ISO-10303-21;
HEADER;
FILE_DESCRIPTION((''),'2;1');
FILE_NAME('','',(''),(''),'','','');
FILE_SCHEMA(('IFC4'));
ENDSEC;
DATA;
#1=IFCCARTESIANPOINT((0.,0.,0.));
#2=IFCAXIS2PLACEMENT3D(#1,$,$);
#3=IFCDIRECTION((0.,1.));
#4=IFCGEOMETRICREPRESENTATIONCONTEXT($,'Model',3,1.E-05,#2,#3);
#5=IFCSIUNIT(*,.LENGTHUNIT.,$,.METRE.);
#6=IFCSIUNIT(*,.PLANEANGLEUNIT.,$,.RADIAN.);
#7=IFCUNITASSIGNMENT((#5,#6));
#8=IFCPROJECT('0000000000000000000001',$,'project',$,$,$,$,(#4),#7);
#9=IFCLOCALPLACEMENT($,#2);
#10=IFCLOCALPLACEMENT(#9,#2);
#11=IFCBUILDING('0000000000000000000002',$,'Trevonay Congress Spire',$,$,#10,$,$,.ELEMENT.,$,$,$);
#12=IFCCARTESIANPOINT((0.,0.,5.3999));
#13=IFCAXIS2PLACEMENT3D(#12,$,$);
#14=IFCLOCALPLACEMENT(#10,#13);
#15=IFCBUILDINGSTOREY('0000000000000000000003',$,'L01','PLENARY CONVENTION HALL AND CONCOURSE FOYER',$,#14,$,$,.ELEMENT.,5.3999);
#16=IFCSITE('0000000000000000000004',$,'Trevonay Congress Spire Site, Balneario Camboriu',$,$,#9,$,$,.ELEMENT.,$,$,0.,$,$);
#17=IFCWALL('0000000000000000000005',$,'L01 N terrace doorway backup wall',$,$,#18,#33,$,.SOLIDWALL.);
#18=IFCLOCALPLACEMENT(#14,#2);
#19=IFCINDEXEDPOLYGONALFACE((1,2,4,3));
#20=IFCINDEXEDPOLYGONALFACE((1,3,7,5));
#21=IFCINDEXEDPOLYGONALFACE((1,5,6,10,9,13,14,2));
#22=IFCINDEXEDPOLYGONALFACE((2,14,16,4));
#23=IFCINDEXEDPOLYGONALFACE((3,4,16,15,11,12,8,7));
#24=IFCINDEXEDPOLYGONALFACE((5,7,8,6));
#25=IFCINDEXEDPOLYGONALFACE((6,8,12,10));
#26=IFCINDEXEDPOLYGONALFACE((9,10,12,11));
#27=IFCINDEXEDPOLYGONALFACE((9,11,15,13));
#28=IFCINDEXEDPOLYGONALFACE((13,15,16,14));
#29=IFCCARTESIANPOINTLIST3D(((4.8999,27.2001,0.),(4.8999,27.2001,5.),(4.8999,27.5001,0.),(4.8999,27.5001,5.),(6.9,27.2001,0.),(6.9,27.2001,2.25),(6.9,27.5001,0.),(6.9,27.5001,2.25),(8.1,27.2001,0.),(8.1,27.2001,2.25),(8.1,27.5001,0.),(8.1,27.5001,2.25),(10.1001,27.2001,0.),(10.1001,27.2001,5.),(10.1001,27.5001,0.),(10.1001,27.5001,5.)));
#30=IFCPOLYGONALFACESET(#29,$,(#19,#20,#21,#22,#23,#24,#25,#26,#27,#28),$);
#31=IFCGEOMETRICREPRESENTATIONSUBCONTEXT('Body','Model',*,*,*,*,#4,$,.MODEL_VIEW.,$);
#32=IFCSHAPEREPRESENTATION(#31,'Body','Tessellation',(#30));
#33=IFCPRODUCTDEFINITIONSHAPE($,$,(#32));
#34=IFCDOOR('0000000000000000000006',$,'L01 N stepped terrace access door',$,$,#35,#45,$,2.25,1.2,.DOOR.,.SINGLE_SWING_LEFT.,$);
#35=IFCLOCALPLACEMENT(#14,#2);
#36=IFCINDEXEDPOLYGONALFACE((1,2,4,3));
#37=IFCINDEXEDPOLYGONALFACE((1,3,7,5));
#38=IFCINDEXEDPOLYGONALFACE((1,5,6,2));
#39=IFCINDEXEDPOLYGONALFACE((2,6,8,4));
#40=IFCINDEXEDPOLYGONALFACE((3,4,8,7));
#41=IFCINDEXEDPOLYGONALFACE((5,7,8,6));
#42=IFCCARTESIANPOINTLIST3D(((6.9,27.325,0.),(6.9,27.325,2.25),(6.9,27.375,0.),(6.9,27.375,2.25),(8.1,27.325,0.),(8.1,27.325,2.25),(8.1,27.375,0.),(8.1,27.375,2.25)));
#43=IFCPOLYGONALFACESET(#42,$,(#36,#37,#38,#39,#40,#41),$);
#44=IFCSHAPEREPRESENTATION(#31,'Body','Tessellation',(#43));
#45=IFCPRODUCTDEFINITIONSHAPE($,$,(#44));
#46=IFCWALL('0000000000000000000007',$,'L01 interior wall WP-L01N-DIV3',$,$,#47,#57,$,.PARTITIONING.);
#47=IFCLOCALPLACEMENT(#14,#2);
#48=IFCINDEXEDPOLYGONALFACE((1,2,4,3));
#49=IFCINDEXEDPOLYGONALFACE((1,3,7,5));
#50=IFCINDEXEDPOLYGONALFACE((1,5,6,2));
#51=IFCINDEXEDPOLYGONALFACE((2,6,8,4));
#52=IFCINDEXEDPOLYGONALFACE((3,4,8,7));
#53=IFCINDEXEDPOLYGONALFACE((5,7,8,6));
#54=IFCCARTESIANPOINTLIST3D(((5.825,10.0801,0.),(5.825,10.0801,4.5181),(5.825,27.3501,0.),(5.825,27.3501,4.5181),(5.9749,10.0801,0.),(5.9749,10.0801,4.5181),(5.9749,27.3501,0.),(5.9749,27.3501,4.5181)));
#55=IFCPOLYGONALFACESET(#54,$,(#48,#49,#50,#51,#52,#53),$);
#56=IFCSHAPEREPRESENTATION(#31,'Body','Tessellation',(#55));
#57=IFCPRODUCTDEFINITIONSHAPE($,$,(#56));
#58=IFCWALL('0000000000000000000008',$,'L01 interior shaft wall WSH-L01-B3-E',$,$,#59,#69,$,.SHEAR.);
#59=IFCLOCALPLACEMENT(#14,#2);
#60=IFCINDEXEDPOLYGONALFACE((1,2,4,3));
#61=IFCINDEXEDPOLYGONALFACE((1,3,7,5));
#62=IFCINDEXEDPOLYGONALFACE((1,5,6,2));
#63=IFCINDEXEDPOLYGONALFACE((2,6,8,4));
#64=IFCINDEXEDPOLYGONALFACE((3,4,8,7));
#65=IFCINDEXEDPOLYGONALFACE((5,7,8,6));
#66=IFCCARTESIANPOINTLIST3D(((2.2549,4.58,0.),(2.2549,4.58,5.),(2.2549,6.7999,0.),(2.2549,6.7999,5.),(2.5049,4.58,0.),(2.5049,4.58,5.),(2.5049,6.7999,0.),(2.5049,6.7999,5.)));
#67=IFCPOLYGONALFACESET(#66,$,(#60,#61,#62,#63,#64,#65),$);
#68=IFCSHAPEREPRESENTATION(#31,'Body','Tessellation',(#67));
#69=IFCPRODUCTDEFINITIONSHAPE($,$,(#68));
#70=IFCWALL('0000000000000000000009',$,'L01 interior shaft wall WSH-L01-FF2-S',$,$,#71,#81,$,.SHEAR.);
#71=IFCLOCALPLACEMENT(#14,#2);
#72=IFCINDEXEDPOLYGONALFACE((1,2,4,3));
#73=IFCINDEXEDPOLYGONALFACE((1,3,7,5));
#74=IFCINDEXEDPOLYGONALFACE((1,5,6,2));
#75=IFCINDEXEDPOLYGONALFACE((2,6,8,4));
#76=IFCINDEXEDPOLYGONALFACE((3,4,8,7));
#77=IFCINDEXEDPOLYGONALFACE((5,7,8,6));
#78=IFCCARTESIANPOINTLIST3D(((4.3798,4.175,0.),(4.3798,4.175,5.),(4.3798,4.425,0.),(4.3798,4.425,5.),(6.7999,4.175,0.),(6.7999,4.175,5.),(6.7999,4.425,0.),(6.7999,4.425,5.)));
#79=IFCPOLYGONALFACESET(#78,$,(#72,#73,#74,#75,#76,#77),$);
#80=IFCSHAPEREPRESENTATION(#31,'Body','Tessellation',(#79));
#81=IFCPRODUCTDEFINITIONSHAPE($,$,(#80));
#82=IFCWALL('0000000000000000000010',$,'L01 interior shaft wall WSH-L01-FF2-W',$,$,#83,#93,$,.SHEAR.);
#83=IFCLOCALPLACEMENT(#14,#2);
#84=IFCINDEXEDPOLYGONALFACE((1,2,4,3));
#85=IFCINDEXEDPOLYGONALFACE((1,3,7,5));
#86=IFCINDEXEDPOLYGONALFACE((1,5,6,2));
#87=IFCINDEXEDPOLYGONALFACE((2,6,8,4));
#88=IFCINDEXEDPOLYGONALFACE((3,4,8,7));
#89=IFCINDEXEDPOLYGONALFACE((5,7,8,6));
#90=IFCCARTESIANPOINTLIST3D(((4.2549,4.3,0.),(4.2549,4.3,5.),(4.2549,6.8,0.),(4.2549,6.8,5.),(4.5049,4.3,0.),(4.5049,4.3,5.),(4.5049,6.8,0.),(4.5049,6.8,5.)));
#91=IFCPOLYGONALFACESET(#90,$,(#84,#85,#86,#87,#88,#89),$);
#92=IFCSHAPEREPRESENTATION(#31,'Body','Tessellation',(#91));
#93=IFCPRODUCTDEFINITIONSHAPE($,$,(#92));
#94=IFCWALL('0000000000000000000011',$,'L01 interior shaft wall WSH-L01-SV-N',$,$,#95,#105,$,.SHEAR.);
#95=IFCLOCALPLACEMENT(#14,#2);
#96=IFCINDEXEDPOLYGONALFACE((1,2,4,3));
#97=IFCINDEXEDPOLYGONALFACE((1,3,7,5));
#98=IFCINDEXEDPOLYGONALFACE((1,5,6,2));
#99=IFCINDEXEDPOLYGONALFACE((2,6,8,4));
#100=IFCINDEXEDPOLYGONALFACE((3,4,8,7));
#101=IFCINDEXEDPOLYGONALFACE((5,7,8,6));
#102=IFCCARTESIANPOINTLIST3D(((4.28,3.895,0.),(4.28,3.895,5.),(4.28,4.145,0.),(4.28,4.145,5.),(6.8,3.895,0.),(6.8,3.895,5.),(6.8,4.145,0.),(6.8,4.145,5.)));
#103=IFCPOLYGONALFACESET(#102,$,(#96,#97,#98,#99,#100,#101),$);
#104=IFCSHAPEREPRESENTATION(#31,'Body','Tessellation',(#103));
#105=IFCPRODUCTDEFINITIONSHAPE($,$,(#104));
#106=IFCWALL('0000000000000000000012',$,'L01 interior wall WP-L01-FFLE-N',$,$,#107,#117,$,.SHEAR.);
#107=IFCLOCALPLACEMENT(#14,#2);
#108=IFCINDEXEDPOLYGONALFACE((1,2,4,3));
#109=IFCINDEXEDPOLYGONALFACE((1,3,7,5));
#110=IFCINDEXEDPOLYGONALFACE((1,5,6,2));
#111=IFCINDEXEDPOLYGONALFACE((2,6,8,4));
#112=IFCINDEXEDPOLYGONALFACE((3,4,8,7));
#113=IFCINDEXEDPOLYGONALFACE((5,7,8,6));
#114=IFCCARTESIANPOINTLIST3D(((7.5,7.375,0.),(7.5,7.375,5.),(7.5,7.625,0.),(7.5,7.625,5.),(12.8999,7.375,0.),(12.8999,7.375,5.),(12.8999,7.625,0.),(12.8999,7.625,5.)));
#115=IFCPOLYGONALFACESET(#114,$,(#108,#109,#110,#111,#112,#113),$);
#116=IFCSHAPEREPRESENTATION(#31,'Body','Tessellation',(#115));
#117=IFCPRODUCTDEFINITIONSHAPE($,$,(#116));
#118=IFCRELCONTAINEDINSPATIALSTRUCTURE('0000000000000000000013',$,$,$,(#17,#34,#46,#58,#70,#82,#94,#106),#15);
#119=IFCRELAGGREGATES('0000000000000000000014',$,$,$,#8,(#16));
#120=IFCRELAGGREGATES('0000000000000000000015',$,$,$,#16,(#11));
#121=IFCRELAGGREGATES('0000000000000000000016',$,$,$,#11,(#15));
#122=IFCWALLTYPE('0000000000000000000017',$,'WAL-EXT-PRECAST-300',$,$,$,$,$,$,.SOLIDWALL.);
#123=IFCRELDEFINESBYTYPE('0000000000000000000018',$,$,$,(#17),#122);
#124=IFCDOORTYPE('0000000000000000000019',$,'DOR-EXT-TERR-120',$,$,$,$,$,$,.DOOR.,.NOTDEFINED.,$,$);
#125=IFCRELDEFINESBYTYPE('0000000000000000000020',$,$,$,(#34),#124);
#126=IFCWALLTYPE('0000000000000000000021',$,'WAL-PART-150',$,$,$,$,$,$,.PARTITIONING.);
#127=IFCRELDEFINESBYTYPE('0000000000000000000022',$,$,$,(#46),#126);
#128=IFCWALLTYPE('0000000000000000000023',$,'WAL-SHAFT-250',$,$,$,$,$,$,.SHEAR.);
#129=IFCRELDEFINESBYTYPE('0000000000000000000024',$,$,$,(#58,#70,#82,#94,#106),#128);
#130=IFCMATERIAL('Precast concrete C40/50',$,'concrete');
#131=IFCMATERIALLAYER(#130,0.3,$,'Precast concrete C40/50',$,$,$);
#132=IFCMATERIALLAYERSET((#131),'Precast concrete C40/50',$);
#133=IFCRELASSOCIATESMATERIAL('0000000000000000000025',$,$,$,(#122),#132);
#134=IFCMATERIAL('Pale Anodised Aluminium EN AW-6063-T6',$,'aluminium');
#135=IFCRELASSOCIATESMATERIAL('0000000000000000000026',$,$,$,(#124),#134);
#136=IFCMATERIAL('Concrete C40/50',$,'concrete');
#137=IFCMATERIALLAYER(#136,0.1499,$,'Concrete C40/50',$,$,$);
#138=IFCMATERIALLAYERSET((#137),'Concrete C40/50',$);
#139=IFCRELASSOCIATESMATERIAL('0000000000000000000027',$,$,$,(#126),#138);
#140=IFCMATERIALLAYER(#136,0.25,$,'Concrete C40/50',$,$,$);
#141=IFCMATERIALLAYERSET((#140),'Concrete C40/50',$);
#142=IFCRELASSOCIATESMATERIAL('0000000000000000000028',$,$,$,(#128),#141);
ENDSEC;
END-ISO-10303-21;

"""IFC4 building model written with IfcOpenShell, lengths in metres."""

from ifc_helpers import new_model, si_unit, direction, frame, frame_2d, origin, place, context, subcontext, project, spatial, rectangle, extrude, material, layer, layer_set, type_object, element, fill, save


model = new_model("IFC4")

# Units and contexts
model_context = context("Model", 3, precision=1e-05, world=origin(), true_north=direction((0.0, 1.0)))
body_context = subcontext(model_context, "Body", "Model", "MODEL_VIEW")
ifc_project = project(units=[si_unit("LENGTHUNIT", "METRE"), si_unit("PLANEANGLEUNIT", "RADIAN")], contexts=[model_context])

# Site, building, storey
site_placement = place(None, origin())
site = spatial("IfcSite", under=ifc_project, at=site_placement, Name="Trevonay Congress Spire Site, Balneario Camboriu", CompositionType="ELEMENT", RefElevation=0.0)
building_placement = place(site_placement, origin())
building = spatial("IfcBuilding", under=site, at=building_placement, Name="Trevonay Congress Spire", CompositionType="ELEMENT")
storey_placement = place(building_placement, frame((0.0, 0.0, 5.3999)))
storey = spatial("IfcBuildingStorey", under=building, at=storey_placement, Name="L01", Description="PLENARY CONVENTION HALL AND CONCOURSE FOYER", CompositionType="ELEMENT", Elevation=5.3999)

# Shared definitions
ifc_material_1 = material(Name="Pale Anodised Aluminium EN AW-6063-T6", Category="aluminium")

# Wall, opening, door
ifc_material_2 = material(Name="Precast concrete C40/50", Category="concrete")
ifc_layer_1 = layer(ifc_material_2, 0.3, Name="Precast concrete C40/50")
ifc_layer_set_1 = layer_set([ifc_layer_1], Name="Precast concrete C40/50")
wall_type_1 = type_object("IfcWallType", Name="WAL-EXT-PRECAST-300", PredefinedType="SOLIDWALL", material=ifc_layer_set_1)
wall_1_placement = place(storey_placement, frame((4.8999, 27.3501, 0.0), z_axis=(0.0, 0.0, 1.0), x_axis=(1.0, 0.0, 0.0)))
wall_1 = element("IfcWall", 1, at=wall_1_placement, inside=storey, type_object=wall_type_1, Name="L01 N terrace doorway backup wall", PredefinedType="SOLIDWALL", context=body_context, shape_type="SweptSolid", body=[
    extrude(rectangle(XDim=5.2002, YDim=0.3, at=frame_2d((2.6001, 0.0))), origin(), (0.0, 0.0, 1.0), 5.0),
])
opening_placement = place(wall_1_placement, frame((2.0, 0.0, 0.0)))
opening = element("IfcOpeningElement", 2, at=opening_placement, cuts=wall_1, PredefinedType="OPENING", context=body_context, shape_type="SweptSolid", body=[
    extrude(rectangle(XDim=1.2, YDim=2.25, at=frame_2d((0.6001, 1.125))), frame((0.0, 0.1602, 0.0), z_axis=(0.0, -1.0, 0.0), x_axis=(1.0, 0.0, 0.0)), (0.0, 0.0, 1.0), 0.3201),
])
door_type = type_object("IfcDoorType", Name="DOR-EXT-TERR-120", OperationType="NOTDEFINED", PredefinedType="DOOR", material=ifc_material_1)
door_placement = place(opening_placement, origin())
door = element("IfcDoor", 3, at=door_placement, inside=storey, type_object=door_type, Name="L01 N stepped terrace access door", OperationType="SINGLE_SWING_LEFT", OverallHeight=2.25, OverallWidth=1.2, PredefinedType="DOOR", context=body_context, shape_type="SweptSolid", body=[
    extrude(rectangle(XDim=1.2, YDim=2.25, at=frame_2d((0.6001, 1.125))), frame((0.0, 0.0249, 0.0), z_axis=(0.0, -1.0, 0.0), x_axis=(1.0, 0.0, 0.0)), (0.0, 0.0, 1.0), 0.05),
])
fill(opening, door)

# Walls
ifc_material_3 = material(Name="Concrete C40/50", Category="concrete")
ifc_layer_2 = layer(ifc_material_3, 0.1499, Name="Concrete C40/50")
ifc_layer_set_2 = layer_set([ifc_layer_2], Name="Concrete C40/50")
wall_type_2 = type_object("IfcWallType", Name="WAL-PART-150", PredefinedType="PARTITIONING", material=ifc_layer_set_2)
wall_2_placement = place(storey_placement, frame((5.8999, 10.0801, 0.0), z_axis=(0.0, 0.0, 1.0), x_axis=(0.0, 1.0, 0.0)))
element("IfcWall", 4, at=wall_2_placement, inside=storey, type_object=wall_type_2, Name="L01 interior wall WP-L01N-DIV3", PredefinedType="PARTITIONING", context=body_context, shape_type="SweptSolid", body=[
    extrude(rectangle(XDim=17.27, YDim=0.1499, at=frame_2d((8.635, 0.0))), origin(), (0.0, 0.0, 1.0), 4.5181),
])
ifc_layer_3 = layer(ifc_material_3, 0.25, Name="Concrete C40/50")
ifc_layer_set_3 = layer_set([ifc_layer_3], Name="Concrete C40/50")
wall_type_3 = type_object("IfcWallType", Name="WAL-SHAFT-250", PredefinedType="SHEAR", material=ifc_layer_set_3)
wall_3_placement = place(storey_placement, frame((2.3799, 4.5801, 0.0), z_axis=(0.0, 0.0, 1.0), x_axis=(0.0, 1.0, 0.0)))
element("IfcWall", 5, at=wall_3_placement, inside=storey, type_object=wall_type_3, Name="L01 interior shaft wall WSH-L01-B3-E", PredefinedType="SHEAR", context=body_context, shape_type="SweptSolid", body=[
    extrude(rectangle(XDim=2.22, YDim=0.25, at=frame_2d((1.1099, 0.0))), origin(), (0.0, 0.0, 1.0), 5.0),
])
wall_4_placement = place(storey_placement, frame((4.3799, 4.3, 0.0), z_axis=(0.0, 0.0, 1.0), x_axis=(1.0, 0.0, 0.0)))
element("IfcWall", 6, at=wall_4_placement, inside=storey, type_object=wall_type_3, Name="L01 interior shaft wall WSH-L01-FF2-S", PredefinedType="SHEAR", context=body_context, shape_type="SweptSolid", body=[
    extrude(rectangle(XDim=2.4202, YDim=0.25, at=frame_2d((1.21, 0.0))), origin(), (0.0, 0.0, 1.0), 5.0),
])
wall_5_placement = place(storey_placement, frame((4.3799, 4.3, 0.0), z_axis=(0.0, 0.0, 1.0), x_axis=(0.0, 1.0, 0.0)))
element("IfcWall", 7, at=wall_5_placement, inside=storey, type_object=wall_type_3, Name="L01 interior shaft wall WSH-L01-FF2-W", PredefinedType="SHEAR", context=body_context, shape_type="SweptSolid", body=[
    extrude(rectangle(XDim=2.5, YDim=0.25, at=frame_2d((1.25, 0.0))), origin(), (0.0, 0.0, 1.0), 5.0),
])
wall_6_placement = place(storey_placement, frame((4.28, 4.02, 0.0), z_axis=(0.0, 0.0, 1.0), x_axis=(1.0, 0.0, 0.0)))
element("IfcWall", 8, at=wall_6_placement, inside=storey, type_object=wall_type_3, Name="L01 interior shaft wall WSH-L01-SV-N", PredefinedType="SHEAR", context=body_context, shape_type="SweptSolid", body=[
    extrude(rectangle(XDim=2.52, YDim=0.25, at=frame_2d((1.26, 0.0))), origin(), (0.0, 0.0, 1.0), 5.0),
])
wall_7_placement = place(storey_placement, frame((7.5, 7.5, 0.0), z_axis=(0.0, 0.0, 1.0), x_axis=(1.0, 0.0, 0.0)))
element("IfcWall", 9, at=wall_7_placement, inside=storey, type_object=wall_type_3, Name="L01 interior wall WP-L01-FFLE-N", PredefinedType="SHEAR", context=body_context, shape_type="SweptSolid", body=[
    extrude(rectangle(XDim=5.3999, YDim=0.25, at=frame_2d((2.7, 0.0))), origin(), (0.0, 0.0, 1.0), 5.0),
])

save(model, "model.ifc")
